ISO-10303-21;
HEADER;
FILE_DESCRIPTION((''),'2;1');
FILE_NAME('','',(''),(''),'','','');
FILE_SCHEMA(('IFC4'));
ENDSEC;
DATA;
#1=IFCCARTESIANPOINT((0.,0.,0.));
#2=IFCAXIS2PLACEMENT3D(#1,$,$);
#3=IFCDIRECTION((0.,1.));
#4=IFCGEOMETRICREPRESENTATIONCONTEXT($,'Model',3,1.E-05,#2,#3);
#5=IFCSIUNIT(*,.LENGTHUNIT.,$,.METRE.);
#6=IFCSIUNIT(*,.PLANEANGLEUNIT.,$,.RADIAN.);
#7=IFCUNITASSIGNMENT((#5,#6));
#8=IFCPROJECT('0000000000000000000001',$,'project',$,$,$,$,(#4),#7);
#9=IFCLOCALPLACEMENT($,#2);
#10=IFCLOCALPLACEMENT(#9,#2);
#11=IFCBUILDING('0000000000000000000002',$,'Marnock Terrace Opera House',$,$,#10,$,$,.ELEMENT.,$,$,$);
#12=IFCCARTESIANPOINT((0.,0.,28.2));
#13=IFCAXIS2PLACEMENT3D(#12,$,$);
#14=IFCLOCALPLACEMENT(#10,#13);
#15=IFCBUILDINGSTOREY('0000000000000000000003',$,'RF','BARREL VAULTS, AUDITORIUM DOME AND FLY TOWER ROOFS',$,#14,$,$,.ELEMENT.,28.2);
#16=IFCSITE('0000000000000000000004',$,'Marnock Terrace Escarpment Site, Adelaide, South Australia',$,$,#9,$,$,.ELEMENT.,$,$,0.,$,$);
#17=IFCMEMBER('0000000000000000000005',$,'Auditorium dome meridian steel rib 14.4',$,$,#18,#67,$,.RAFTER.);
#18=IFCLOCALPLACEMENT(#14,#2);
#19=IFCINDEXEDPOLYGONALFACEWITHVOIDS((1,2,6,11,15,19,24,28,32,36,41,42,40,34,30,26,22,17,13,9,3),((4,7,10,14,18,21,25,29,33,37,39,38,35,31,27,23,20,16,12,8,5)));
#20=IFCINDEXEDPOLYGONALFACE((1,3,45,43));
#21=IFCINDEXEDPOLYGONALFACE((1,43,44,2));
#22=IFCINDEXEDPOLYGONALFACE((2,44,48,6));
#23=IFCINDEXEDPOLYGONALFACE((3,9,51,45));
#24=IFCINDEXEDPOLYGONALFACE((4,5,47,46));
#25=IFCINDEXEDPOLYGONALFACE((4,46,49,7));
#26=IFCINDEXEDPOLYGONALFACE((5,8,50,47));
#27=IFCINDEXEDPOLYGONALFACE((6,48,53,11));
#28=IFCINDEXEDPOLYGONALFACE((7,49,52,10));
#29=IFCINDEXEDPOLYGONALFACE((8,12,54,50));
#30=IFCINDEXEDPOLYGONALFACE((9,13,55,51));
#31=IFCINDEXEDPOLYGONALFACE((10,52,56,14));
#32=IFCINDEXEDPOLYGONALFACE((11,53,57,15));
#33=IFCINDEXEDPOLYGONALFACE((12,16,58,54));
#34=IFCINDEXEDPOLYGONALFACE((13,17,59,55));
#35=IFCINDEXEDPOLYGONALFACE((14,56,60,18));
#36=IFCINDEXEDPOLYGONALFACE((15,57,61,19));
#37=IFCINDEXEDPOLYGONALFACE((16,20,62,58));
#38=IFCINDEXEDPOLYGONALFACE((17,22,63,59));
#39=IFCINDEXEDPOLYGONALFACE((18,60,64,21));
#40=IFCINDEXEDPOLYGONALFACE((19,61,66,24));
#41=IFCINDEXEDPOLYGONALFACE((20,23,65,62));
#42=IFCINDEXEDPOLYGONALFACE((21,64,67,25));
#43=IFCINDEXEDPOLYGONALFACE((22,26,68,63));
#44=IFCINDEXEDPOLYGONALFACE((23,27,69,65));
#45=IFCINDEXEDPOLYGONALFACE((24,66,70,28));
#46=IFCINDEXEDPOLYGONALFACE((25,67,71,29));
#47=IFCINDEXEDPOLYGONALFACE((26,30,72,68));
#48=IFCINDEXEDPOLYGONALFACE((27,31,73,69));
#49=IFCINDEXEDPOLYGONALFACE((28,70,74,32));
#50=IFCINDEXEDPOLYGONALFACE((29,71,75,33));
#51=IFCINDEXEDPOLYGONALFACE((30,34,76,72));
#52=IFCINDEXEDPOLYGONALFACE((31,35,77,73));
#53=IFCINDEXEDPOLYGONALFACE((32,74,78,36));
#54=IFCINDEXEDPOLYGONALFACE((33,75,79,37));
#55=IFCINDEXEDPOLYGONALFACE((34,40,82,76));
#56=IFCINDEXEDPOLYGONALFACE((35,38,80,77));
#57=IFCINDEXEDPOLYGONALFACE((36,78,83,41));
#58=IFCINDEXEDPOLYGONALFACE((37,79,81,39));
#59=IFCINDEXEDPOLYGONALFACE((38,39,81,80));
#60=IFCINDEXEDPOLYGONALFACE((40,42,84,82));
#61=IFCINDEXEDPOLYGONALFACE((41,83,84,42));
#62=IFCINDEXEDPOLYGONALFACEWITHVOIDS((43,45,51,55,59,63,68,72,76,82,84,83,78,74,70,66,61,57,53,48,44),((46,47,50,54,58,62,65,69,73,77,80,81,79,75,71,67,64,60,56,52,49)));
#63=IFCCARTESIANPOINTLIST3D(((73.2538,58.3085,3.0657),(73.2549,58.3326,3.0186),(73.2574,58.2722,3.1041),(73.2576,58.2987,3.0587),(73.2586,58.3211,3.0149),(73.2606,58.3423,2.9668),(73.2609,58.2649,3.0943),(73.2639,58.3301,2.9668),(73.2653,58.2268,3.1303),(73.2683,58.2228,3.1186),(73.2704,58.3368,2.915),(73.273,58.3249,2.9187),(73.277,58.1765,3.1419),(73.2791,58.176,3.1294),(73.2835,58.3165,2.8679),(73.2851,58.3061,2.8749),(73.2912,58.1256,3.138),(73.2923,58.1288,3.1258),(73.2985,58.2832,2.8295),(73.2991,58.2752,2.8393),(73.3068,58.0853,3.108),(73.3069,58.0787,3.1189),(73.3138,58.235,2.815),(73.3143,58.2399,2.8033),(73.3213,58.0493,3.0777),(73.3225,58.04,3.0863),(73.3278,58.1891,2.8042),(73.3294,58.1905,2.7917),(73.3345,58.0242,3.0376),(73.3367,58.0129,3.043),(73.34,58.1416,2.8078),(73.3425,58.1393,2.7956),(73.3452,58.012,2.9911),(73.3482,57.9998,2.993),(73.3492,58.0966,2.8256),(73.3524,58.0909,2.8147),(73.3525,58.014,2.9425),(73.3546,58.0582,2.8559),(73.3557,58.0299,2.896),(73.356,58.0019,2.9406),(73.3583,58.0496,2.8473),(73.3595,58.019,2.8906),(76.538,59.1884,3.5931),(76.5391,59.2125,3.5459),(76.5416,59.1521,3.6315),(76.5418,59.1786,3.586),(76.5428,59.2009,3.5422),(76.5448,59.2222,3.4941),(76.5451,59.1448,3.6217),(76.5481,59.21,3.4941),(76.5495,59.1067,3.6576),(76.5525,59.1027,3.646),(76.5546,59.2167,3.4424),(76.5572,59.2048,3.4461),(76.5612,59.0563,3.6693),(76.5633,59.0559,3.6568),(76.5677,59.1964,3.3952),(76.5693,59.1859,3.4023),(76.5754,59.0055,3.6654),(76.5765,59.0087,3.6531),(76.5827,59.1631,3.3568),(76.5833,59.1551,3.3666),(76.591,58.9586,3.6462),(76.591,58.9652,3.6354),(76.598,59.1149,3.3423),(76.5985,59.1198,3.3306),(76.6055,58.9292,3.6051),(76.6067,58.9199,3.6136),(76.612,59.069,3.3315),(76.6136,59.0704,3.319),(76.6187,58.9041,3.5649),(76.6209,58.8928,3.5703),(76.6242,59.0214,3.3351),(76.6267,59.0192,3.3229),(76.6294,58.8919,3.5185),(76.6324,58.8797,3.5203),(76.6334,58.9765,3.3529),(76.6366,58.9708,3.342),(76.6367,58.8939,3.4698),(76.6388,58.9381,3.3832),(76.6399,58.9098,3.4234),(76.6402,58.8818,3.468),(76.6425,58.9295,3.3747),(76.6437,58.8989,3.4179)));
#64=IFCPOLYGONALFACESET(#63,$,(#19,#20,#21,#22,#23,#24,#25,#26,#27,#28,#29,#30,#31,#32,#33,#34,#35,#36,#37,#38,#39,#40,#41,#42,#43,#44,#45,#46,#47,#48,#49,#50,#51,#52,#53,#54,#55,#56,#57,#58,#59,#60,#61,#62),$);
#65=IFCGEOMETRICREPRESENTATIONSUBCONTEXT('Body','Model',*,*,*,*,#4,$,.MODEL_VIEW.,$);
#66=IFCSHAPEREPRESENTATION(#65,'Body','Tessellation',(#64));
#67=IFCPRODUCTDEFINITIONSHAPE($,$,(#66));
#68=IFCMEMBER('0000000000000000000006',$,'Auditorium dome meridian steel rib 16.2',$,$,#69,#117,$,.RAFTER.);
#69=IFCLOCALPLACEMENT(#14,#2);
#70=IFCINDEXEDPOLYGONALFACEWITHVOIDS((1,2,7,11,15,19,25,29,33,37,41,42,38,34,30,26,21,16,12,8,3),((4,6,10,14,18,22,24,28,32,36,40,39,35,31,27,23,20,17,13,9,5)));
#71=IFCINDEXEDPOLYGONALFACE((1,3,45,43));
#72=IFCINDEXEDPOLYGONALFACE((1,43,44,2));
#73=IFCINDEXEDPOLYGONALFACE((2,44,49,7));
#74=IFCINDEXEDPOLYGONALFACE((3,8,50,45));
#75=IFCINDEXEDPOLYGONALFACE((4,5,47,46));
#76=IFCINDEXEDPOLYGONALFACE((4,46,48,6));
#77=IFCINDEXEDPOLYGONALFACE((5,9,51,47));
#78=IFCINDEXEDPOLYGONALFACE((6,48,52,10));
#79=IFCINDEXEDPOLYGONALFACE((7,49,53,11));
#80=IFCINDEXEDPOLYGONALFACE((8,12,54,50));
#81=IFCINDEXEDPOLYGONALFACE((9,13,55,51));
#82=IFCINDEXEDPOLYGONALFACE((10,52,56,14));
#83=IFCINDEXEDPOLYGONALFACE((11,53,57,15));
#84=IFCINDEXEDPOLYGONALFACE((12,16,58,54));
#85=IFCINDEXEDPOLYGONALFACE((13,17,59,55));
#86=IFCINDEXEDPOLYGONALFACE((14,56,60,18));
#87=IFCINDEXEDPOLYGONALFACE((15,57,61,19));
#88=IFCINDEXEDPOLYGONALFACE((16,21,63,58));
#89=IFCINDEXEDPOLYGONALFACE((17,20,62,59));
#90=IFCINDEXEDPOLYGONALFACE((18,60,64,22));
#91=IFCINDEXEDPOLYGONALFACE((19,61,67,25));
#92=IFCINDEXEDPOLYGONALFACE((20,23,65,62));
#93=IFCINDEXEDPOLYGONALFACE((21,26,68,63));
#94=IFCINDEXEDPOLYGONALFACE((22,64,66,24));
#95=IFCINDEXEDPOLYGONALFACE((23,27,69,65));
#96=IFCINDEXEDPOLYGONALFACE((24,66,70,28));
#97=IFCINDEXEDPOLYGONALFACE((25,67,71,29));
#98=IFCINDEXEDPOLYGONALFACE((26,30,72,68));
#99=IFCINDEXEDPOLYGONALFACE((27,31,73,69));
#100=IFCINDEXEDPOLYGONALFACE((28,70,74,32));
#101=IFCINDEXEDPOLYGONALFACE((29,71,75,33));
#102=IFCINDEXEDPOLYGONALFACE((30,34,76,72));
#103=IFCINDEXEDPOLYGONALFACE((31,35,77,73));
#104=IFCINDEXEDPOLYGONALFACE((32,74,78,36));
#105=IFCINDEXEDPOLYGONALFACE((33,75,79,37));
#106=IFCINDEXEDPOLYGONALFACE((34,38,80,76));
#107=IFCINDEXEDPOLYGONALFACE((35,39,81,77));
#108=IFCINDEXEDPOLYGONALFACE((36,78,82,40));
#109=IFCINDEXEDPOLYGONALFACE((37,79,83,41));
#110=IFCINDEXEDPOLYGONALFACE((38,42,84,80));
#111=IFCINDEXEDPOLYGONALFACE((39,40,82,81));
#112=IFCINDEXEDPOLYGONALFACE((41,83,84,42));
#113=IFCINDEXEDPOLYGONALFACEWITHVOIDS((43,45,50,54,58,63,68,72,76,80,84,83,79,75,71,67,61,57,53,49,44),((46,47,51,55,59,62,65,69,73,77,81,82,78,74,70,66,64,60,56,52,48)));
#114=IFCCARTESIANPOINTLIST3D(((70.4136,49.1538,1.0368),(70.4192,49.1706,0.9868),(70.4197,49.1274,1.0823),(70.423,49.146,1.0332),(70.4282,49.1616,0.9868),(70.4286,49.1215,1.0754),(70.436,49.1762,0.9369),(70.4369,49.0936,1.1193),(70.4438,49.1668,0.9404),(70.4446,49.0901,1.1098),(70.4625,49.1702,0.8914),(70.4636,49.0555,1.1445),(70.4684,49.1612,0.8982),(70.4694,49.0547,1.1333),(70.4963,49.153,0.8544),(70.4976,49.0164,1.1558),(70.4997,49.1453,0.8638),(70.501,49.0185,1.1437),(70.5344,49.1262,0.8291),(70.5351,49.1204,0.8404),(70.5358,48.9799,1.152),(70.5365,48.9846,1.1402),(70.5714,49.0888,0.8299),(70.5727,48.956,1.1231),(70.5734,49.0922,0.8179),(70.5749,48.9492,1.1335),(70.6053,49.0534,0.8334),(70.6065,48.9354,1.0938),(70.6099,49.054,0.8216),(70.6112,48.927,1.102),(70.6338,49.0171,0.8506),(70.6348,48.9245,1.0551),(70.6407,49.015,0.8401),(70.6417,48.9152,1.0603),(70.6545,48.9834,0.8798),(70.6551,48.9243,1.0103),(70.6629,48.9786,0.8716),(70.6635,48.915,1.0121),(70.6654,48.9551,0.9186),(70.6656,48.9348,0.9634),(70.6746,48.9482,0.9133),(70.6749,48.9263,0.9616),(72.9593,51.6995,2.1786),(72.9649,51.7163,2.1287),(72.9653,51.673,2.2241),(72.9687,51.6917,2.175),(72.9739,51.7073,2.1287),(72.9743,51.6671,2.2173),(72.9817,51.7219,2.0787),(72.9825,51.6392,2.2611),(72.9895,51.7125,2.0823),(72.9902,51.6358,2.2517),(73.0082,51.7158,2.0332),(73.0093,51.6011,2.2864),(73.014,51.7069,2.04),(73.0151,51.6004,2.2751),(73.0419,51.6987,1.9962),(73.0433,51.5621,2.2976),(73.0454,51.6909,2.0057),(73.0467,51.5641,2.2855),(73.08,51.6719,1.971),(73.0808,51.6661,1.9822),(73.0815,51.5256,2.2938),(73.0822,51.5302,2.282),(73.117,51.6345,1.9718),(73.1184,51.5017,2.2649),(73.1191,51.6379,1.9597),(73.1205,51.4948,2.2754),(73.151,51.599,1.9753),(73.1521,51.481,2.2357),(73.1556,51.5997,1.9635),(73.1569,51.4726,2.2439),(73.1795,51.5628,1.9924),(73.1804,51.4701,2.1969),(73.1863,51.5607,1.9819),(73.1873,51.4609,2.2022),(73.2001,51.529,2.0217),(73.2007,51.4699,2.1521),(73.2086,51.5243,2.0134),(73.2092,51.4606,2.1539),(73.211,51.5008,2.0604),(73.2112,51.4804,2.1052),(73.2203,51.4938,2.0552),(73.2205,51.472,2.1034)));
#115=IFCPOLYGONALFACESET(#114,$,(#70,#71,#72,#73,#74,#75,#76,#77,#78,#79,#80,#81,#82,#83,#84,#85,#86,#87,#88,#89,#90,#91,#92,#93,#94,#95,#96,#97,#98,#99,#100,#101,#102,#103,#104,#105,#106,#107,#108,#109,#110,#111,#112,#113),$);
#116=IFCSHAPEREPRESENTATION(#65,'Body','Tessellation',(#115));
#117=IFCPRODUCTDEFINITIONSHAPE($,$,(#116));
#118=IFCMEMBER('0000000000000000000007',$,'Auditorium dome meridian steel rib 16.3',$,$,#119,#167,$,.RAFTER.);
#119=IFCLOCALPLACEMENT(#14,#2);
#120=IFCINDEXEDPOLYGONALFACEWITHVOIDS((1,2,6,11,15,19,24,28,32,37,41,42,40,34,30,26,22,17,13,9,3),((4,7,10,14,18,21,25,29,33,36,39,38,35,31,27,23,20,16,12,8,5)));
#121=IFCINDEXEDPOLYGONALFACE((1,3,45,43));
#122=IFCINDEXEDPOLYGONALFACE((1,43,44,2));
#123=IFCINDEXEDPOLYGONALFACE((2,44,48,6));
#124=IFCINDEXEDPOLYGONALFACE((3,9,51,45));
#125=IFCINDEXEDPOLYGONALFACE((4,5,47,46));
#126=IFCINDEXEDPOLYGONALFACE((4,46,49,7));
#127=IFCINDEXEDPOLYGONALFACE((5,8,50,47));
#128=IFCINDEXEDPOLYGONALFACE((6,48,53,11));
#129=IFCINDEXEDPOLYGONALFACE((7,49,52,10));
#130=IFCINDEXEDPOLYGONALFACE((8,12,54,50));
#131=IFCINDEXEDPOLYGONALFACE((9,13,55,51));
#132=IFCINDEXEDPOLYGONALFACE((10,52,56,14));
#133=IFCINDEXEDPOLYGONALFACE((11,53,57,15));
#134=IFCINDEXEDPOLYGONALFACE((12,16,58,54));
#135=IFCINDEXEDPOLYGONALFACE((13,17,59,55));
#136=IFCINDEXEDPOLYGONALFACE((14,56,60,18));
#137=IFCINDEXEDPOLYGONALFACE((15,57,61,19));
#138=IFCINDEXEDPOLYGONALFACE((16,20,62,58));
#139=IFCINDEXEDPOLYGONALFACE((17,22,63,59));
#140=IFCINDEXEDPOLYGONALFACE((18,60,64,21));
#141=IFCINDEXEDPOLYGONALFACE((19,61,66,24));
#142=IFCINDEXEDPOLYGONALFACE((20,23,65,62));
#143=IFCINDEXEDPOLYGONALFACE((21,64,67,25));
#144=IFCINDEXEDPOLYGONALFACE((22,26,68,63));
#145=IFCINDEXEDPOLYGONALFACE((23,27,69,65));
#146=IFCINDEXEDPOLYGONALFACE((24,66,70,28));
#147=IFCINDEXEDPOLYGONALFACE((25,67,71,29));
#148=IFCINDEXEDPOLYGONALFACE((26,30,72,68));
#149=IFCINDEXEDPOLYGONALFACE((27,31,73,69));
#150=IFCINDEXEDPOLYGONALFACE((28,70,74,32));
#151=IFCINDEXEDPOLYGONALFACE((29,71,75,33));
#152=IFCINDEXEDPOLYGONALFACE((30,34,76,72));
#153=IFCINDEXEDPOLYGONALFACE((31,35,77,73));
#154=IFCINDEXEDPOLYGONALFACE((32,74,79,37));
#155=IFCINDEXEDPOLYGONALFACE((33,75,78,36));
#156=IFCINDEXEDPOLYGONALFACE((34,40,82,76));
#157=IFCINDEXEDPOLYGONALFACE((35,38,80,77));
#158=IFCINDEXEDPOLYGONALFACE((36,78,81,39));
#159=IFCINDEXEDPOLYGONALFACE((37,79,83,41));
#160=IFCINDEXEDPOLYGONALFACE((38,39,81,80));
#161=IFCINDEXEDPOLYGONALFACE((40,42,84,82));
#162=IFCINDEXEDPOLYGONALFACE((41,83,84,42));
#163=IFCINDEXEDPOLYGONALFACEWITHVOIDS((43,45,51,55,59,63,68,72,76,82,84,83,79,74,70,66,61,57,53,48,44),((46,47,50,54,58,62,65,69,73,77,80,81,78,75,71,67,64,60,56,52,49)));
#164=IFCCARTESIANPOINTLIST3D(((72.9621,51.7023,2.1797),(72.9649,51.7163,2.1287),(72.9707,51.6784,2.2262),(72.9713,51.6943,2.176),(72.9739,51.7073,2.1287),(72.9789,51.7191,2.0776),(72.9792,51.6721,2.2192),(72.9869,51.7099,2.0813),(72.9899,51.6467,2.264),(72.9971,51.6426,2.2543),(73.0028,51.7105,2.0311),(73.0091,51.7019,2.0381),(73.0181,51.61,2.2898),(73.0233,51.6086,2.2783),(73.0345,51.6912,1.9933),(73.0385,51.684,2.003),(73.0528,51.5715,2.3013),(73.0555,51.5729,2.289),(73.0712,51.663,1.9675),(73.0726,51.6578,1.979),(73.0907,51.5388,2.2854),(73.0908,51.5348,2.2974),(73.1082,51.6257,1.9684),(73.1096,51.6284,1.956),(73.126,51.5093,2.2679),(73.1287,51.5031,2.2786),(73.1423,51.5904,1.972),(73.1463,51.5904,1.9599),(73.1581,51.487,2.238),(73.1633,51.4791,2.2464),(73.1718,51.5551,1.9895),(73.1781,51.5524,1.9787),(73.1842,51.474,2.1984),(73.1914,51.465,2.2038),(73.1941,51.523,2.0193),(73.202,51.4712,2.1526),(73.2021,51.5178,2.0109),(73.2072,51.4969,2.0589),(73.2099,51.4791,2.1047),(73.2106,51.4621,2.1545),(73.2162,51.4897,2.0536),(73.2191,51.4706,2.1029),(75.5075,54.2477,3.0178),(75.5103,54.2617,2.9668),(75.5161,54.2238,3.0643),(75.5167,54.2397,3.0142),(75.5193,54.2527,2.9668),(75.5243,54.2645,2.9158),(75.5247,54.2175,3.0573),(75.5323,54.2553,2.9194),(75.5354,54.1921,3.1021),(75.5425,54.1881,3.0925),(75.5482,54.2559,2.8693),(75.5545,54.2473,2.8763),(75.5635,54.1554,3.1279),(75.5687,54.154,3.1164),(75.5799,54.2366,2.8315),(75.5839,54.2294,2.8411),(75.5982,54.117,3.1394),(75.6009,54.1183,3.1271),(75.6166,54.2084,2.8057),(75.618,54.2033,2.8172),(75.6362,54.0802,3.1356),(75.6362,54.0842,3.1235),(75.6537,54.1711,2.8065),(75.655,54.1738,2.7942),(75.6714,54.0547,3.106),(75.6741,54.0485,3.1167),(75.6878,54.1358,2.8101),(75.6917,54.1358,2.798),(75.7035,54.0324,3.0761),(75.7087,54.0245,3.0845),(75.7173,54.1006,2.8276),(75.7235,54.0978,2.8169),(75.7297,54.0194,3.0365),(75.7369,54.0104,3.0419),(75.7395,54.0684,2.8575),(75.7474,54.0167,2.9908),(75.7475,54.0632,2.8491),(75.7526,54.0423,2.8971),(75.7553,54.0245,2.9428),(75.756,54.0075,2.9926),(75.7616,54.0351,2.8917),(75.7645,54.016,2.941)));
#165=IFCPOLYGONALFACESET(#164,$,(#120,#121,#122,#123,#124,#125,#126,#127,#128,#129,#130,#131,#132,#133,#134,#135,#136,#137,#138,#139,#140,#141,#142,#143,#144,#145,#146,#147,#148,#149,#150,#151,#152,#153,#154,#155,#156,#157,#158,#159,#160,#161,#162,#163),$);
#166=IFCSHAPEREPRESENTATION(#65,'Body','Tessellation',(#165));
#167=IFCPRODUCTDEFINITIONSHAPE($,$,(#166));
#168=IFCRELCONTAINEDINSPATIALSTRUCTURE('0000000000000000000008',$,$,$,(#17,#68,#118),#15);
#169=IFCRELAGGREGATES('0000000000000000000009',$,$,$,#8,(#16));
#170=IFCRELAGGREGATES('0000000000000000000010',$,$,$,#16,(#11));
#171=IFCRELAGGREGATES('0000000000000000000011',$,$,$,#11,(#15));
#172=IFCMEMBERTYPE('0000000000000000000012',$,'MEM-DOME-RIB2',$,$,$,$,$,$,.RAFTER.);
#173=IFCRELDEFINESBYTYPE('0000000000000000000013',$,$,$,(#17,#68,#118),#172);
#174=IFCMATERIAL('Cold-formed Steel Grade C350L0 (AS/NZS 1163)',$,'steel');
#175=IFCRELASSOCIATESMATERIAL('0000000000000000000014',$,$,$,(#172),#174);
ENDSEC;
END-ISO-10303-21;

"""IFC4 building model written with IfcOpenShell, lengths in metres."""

from ifc_helpers import new_model, si_unit, direction, frame, origin, origin_2d, place, context, subcontext, project, spatial, hollow_circle, extrude, material, material_profile, profile_set, type_object, element, save


model = new_model("IFC4")

# Units and contexts
model_context = context("Model", 3, precision=1e-05, world=origin(), true_north=direction((0.0, 1.0)))
body_context = subcontext(model_context, "Body", "Model", "MODEL_VIEW")
ifc_project = project(units=[si_unit("LENGTHUNIT", "METRE"), si_unit("PLANEANGLEUNIT", "RADIAN")], contexts=[model_context])

# Site, building, storey
site_placement = place(None, origin())
site = spatial("IfcSite", under=ifc_project, at=site_placement, Name="Marnock Terrace Escarpment Site, Adelaide, South Australia", CompositionType="ELEMENT", RefElevation=0.0)
building_placement = place(site_placement, origin())
building = spatial("IfcBuilding", under=site, at=building_placement, Name="Marnock Terrace Opera House", CompositionType="ELEMENT")
storey_placement = place(building_placement, frame((0.0, 0.0, 28.2)))
storey = spatial("IfcBuildingStorey", under=building, at=storey_placement, Name="RF", Description="BARREL VAULTS, AUDITORIUM DOME AND FLY TOWER ROOFS", CompositionType="ELEMENT", Elevation=28.2)

# Members
ifc_material_1 = material(Name="Cold-formed Steel Grade C350L0 (AS/NZS 1163)", Category="steel")
ifc_material_profile_1 = material_profile(ifc_material_1, hollow_circle(Radius=0.1777, WallThickness=0.0127, at=origin_2d()))
ifc_profile_set_1 = profile_set([ifc_material_profile_1], Name="Cold-formed Steel Grade C350L0 (AS/NZS 1163)")
member_type_1 = type_object("IfcMemberType", Name="MEM-DOME-RIB2", PredefinedType="RAFTER", material=ifc_profile_set_1)
for number, where, z_axis, x_axis, name in (
    (1, (73.3066, 58.1707, 2.9668), (0.954521, 0.255731, 0.153268), (-0.258789, 0.965934, 0.0), "Auditorium dome meridian steel rib 14.4"),
):
    element("IfcMember", number, at=place(storey_placement, frame(where, z_axis=z_axis, x_axis=x_axis)), inside=storey, type_object=member_type_1, Name=name, PredefinedType="RAFTER", context=body_context, shape_type="SweptSolid", body=[
        extrude(hollow_circle(Radius=0.1777, WallThickness=0.0127, at=origin_2d()), origin(), (0.0, 0.0, 1.0), 3.4407),
    ])
member_1_placement = place(storey_placement, frame((70.5449, 49.0449, 0.9868), z_axis=(0.674017, 0.674017, 0.302328), x_axis=(-0.707107, 0.707107, 0.0)))
element("IfcMember", 2, at=member_1_placement, inside=storey, type_object=member_type_1, Name="Auditorium dome meridian steel rib 16.2", PredefinedType="RAFTER", context=body_context, shape_type="SweptSolid", body=[
    extrude(hollow_circle(Radius=0.1777, WallThickness=0.0127, at=origin_2d()), origin(), (0.0, 0.0, 1.0), 3.7769),
])
member_2_placement = place(storey_placement, frame((73.0906, 51.5906, 2.1287), z_axis=(0.688686, 0.688686, 0.226766), x_axis=(-0.707107, 0.707107, 0.0)))
element("IfcMember", 3, at=member_2_placement, inside=storey, type_object=member_type_1, Name="Auditorium dome meridian steel rib 16.3", PredefinedType="RAFTER", context=body_context, shape_type="SweptSolid", body=[
    extrude(hollow_circle(Radius=0.1777, WallThickness=0.0127, at=origin_2d()), origin(), (0.0, 0.0, 1.0), 3.696),
])

save(model, "model.ifc")
